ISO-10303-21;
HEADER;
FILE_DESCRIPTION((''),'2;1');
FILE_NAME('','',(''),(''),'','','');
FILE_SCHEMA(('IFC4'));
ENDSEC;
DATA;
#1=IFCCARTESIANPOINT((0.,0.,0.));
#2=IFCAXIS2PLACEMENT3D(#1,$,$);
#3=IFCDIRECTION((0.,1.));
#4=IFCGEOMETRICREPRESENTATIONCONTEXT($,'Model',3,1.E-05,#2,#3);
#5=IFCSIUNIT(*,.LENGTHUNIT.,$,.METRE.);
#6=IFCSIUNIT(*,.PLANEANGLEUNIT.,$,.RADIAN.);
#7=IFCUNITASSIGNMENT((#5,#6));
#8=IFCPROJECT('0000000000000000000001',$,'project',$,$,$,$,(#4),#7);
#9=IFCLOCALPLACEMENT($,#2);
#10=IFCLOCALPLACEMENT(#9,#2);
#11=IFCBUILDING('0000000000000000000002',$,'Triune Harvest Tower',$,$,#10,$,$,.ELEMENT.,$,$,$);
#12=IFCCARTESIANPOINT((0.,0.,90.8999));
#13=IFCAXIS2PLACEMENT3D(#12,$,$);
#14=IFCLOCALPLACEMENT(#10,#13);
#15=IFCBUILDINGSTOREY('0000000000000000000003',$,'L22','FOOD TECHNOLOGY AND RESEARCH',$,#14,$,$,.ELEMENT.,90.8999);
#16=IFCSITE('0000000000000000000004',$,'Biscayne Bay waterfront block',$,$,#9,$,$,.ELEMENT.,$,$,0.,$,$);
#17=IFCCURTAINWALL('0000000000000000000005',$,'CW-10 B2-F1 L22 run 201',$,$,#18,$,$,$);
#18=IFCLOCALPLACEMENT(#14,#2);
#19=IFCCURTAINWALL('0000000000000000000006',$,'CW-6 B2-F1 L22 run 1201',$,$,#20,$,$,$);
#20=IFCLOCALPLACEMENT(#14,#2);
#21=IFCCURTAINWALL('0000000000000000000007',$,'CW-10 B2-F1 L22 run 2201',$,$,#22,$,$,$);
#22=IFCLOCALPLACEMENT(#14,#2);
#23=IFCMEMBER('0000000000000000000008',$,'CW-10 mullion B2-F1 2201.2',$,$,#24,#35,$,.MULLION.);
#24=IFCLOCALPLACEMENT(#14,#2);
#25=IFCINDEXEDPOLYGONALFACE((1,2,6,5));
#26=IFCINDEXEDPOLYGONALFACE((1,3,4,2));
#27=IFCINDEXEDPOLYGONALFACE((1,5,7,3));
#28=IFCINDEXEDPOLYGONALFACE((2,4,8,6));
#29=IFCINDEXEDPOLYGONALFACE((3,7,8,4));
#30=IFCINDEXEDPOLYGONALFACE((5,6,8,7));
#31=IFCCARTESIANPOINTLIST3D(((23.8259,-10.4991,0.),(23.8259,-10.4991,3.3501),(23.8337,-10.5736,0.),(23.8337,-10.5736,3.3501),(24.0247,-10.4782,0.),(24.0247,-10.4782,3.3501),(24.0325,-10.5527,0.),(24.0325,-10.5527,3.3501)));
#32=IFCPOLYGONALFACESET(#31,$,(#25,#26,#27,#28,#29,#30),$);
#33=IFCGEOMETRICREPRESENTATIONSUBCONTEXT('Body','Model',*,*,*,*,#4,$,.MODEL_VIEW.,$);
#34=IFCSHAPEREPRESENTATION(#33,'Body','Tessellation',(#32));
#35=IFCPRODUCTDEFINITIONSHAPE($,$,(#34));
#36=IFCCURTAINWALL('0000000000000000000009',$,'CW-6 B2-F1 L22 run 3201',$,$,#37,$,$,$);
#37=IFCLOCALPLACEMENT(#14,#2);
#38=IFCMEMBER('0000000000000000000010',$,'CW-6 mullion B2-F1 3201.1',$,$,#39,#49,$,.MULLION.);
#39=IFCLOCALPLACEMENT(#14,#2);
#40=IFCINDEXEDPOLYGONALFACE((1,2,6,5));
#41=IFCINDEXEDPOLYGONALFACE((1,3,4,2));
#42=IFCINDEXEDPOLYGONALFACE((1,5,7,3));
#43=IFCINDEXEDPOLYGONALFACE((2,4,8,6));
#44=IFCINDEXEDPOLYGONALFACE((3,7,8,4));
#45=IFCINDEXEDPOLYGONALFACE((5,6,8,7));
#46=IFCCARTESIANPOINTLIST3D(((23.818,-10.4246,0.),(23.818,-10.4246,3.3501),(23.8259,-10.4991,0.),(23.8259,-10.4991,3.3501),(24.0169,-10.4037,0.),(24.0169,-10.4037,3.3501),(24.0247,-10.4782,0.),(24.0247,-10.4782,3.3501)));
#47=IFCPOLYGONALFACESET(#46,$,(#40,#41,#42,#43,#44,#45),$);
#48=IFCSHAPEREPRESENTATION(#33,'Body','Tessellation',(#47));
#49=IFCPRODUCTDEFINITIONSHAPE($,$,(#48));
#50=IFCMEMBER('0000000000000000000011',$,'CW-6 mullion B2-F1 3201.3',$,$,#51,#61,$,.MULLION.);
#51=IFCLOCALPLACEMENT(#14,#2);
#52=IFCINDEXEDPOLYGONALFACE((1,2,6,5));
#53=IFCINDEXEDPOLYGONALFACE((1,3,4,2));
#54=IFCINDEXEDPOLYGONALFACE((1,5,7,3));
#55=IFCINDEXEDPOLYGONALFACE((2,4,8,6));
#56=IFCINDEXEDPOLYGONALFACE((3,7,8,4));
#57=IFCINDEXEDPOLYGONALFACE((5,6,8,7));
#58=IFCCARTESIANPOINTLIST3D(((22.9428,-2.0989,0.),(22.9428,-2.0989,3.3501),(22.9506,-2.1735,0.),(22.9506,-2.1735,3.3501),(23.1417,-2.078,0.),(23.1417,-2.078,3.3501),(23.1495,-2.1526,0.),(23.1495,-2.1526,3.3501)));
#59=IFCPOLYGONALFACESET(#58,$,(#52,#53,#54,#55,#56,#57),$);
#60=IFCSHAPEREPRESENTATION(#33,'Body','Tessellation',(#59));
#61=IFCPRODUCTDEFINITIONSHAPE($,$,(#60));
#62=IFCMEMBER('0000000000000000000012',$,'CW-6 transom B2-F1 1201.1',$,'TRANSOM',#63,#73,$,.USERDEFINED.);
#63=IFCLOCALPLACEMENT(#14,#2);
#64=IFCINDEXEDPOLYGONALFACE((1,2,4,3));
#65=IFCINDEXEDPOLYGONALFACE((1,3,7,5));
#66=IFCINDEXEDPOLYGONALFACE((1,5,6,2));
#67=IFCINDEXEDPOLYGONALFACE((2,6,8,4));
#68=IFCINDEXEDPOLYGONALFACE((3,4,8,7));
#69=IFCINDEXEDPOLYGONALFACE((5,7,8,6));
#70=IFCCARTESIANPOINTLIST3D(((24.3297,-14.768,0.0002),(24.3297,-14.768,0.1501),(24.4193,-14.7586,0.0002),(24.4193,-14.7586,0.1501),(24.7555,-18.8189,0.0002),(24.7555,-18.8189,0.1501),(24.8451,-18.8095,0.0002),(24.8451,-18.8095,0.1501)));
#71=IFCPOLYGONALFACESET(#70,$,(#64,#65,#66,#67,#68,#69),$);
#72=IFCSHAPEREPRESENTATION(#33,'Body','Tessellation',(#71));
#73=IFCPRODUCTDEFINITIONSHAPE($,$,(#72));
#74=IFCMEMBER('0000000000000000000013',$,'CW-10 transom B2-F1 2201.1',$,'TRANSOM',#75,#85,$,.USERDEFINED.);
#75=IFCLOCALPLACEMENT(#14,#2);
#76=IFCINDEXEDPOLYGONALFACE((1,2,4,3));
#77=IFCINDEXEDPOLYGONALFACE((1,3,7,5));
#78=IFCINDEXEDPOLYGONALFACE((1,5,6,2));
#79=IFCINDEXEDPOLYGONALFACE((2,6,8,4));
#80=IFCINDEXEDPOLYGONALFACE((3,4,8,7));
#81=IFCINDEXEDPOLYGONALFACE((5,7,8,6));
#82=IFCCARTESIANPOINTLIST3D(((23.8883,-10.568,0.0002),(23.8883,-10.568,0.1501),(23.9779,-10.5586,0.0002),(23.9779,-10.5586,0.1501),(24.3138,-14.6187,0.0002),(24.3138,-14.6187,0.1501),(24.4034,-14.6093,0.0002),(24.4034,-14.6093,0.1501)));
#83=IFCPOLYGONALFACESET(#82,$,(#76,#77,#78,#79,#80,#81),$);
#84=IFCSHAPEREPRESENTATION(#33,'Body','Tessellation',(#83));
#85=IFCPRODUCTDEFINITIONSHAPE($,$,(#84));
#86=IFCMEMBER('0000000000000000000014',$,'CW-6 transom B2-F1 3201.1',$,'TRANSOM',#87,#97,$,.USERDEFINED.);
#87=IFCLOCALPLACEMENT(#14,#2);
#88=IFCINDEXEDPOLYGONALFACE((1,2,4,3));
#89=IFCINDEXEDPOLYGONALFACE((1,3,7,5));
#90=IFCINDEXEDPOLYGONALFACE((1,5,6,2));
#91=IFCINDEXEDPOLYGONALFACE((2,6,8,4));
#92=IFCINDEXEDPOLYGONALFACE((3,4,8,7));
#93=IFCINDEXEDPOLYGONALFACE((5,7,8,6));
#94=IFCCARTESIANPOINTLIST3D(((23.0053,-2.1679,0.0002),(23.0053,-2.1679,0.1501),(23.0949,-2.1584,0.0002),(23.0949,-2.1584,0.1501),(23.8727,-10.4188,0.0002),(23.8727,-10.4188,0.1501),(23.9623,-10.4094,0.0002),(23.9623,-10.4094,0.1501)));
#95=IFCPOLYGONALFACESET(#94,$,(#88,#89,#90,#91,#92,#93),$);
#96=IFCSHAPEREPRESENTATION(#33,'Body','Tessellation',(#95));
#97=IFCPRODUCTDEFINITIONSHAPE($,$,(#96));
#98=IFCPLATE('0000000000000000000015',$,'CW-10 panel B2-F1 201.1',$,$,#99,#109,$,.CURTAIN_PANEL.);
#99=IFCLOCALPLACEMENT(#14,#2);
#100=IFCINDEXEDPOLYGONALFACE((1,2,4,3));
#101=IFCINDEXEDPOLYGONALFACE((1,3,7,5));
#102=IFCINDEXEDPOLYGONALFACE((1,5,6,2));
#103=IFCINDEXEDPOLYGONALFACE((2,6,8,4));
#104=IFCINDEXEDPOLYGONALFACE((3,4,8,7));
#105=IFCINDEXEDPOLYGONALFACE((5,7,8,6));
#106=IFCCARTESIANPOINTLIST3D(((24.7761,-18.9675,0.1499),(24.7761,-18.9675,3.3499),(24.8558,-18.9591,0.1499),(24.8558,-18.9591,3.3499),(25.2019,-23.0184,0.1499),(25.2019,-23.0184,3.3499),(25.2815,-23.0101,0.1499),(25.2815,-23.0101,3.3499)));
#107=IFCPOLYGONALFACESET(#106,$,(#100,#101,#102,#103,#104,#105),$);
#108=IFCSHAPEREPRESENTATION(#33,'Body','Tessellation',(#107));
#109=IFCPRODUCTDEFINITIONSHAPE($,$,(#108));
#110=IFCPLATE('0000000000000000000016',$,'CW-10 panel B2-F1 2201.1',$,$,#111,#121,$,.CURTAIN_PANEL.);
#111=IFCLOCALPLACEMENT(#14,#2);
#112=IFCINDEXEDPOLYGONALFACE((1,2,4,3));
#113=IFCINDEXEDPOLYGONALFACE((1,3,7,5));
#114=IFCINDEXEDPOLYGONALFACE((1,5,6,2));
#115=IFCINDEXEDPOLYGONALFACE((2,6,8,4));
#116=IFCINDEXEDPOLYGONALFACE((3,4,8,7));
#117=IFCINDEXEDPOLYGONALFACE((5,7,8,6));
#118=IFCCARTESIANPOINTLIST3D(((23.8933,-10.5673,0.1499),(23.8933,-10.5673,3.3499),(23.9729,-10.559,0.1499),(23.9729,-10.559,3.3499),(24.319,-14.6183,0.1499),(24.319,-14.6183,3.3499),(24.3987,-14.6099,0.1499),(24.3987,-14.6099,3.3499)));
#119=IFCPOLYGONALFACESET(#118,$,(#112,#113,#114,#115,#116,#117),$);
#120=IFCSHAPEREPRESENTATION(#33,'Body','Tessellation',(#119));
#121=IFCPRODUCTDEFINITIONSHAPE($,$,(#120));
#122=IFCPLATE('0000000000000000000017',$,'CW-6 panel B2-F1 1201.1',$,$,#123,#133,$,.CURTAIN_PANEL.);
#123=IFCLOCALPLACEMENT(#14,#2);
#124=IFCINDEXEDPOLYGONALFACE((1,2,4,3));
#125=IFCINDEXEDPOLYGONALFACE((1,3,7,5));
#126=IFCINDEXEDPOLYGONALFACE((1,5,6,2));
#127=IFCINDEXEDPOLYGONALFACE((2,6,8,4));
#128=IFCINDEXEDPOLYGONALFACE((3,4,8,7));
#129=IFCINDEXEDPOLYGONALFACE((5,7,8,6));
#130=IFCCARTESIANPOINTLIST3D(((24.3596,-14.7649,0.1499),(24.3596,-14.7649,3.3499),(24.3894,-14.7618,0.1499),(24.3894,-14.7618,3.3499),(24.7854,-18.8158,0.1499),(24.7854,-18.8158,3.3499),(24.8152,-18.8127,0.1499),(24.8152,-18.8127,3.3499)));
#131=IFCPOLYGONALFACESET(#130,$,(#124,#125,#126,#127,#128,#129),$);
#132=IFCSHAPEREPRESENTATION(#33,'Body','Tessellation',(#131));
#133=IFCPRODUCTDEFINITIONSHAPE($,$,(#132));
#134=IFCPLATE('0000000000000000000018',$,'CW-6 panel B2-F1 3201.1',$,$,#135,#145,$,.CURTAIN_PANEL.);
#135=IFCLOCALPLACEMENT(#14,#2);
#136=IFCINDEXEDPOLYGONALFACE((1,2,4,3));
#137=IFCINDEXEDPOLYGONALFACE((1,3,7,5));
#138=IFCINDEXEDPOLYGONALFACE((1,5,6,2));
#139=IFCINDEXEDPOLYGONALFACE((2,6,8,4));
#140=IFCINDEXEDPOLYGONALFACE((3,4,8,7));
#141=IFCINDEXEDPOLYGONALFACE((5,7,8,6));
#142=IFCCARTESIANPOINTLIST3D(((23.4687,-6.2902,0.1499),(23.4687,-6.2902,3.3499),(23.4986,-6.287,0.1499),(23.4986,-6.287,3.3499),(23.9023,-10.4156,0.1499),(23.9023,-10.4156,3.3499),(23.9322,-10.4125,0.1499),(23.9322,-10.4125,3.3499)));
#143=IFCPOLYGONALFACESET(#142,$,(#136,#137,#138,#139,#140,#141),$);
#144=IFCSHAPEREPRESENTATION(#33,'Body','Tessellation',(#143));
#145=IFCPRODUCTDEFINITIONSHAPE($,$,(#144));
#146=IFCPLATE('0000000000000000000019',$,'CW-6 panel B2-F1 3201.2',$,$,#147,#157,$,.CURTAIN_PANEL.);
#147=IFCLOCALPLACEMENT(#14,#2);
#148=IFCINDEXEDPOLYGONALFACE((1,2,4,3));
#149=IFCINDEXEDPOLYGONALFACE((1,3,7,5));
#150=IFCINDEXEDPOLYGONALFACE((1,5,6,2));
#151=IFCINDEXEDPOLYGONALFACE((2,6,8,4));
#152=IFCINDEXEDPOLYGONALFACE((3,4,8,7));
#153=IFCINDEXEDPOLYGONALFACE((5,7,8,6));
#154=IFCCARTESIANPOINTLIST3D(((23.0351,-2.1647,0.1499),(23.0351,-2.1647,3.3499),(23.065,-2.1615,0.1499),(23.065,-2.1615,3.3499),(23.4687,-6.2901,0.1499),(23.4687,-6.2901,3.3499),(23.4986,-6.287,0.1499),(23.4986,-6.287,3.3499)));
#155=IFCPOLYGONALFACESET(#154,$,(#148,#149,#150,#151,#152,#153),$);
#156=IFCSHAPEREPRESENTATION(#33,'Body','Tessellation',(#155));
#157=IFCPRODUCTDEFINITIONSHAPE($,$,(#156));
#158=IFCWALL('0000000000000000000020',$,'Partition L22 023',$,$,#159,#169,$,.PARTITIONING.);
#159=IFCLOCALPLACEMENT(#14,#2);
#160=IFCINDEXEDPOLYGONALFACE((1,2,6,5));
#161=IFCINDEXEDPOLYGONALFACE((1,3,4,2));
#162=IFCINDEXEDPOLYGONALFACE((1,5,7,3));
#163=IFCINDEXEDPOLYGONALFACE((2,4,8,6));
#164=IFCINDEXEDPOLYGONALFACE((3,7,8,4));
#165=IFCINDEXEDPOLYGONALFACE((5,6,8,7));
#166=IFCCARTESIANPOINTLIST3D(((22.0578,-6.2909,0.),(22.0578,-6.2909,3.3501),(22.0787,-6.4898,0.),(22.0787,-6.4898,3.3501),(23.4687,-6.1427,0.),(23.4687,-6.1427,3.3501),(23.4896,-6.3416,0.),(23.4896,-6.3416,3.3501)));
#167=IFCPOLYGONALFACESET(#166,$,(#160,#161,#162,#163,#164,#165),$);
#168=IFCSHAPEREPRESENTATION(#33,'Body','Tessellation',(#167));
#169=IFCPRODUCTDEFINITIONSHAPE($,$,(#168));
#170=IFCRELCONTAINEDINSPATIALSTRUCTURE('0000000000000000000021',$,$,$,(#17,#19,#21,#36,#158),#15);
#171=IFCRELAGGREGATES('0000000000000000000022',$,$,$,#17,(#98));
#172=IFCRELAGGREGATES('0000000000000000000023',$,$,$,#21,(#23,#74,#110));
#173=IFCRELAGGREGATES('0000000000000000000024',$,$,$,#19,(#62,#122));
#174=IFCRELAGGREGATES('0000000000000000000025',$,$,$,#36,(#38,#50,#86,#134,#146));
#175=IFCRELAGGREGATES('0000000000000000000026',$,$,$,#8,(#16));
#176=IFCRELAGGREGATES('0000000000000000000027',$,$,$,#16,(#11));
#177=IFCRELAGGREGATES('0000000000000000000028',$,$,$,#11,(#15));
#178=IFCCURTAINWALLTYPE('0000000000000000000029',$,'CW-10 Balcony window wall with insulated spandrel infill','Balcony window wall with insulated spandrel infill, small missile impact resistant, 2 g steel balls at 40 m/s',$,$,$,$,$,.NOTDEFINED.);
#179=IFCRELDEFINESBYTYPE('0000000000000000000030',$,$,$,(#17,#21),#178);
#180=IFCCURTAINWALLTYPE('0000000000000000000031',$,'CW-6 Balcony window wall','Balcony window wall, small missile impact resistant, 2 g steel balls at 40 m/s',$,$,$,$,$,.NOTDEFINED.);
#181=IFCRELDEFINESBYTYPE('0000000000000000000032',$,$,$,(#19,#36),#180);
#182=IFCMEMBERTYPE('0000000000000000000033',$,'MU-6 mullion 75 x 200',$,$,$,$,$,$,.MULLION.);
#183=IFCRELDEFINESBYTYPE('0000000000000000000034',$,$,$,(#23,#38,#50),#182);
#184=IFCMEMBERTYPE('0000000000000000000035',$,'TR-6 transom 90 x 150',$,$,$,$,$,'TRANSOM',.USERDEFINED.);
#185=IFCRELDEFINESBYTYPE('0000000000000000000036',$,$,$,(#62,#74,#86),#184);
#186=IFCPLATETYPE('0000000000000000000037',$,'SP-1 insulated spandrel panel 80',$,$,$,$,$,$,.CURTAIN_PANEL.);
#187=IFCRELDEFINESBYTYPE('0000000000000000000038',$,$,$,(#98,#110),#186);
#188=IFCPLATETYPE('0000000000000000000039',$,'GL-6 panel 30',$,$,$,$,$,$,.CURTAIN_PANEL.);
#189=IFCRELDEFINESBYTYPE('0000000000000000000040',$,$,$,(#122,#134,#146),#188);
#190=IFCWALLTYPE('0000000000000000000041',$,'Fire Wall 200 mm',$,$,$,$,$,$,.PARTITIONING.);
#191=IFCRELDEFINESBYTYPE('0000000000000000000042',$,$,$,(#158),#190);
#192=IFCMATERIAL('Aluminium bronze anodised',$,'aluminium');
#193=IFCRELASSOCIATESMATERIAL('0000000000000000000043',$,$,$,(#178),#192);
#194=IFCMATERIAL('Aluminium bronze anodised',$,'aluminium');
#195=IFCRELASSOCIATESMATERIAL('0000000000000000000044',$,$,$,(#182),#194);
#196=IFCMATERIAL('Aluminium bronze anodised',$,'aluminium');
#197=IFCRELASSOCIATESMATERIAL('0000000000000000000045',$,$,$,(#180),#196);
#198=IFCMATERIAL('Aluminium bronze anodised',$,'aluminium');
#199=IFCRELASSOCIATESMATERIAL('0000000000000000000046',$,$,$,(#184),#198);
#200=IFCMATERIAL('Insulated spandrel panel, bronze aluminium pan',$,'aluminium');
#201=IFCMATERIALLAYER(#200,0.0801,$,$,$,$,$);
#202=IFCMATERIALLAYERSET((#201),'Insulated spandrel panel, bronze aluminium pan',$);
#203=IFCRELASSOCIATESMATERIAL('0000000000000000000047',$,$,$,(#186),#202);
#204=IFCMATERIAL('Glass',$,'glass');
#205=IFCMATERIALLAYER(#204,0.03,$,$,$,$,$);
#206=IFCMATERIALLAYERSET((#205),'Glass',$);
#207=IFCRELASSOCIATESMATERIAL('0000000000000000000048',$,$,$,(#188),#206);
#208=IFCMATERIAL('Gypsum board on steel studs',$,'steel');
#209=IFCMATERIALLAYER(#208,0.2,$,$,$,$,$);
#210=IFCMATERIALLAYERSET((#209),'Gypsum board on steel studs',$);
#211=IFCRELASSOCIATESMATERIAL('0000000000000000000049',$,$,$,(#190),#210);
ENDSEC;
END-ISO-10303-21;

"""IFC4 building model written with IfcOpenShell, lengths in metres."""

from ifc_helpers import new_model, si_unit, direction, frame, frame_2d, origin, origin_2d, place, context, subcontext, project, spatial, rectangle, extrude, source, transform, mapped, material, layer, layer_set, material_profile, profile_set, type_object, element, aggregate, save


model = new_model("IFC4")

# Units and contexts
model_context = context("Model", 3, precision=1e-05, world=origin(), true_north=direction((0.0, 1.0)))
body_context = subcontext(model_context, "Body", "Model", "MODEL_VIEW")
ifc_project = project(units=[si_unit("LENGTHUNIT", "METRE"), si_unit("PLANEANGLEUNIT", "RADIAN")], contexts=[model_context])

# Site, building, storey
site_placement = place(None, origin())
site = spatial("IfcSite", under=ifc_project, at=site_placement, Name="Biscayne Bay waterfront block", CompositionType="ELEMENT", RefElevation=0.0)
building_placement = place(site_placement, origin())
building = spatial("IfcBuilding", under=site, at=building_placement, Name="Triune Harvest Tower", CompositionType="ELEMENT")
storey_placement = place(building_placement, frame((0.0, 0.0, 90.8999)))
storey = spatial("IfcBuildingStorey", under=building, at=storey_placement, Name="L22", Description="FOOD TECHNOLOGY AND RESEARCH", CompositionType="ELEMENT", Elevation=90.8999)

# Curtain wall
ifc_material_1 = material(Name="Aluminium bronze anodised", Category="aluminium")
curtain_wall_type_1 = type_object("IfcCurtainWallType", Name="CW-10 Balcony window wall with insulated spandrel infill", Description="Balcony window wall with insulated spandrel infill, small missile impact resistant, 2 g steel balls at 40 m/s", PredefinedType="NOTDEFINED", material=ifc_material_1)
curtain_wall_1_placement = place(storey_placement, origin())
curtain_wall_1 = element("IfcCurtainWall", 1, at=curtain_wall_1_placement, inside=storey, type_object=curtain_wall_type_1, Name="CW-10 B2-F1 L22 run 201")
ifc_material_2 = material(Name="Aluminium bronze anodised", Category="aluminium")
ifc_material_profile_1 = material_profile(ifc_material_2, rectangle(XDim=0.2, YDim=0.075, at=origin_2d()), Name="MU-6 mullion 75 x 200")
ifc_profile_set_1 = profile_set([ifc_material_profile_1], Name="Aluminium bronze anodised")
member_type_1 = type_object("IfcMemberType", Name="MU-6 mullion 75 x 200", PredefinedType="MULLION", material=ifc_profile_set_1)
shared_shape_1 = source(origin(), body_context, "Body", "SweptSolid", [
    extrude(rectangle(XDim=0.2, YDim=0.075, at=origin_2d()), origin(), (0.0, 0.0, 1.0), 3.3501),
])

# Curtain walls, members
ifc_material_3 = material(Name="Aluminium bronze anodised", Category="aluminium")
curtain_wall_type_2 = type_object("IfcCurtainWallType", Name="CW-6 Balcony window wall", Description="Balcony window wall, small missile impact resistant, 2 g steel balls at 40 m/s", PredefinedType="NOTDEFINED", material=ifc_material_3)
curtain_wall_2_placement = place(storey_placement, origin())
curtain_wall_2 = element("IfcCurtainWall", 2, at=curtain_wall_2_placement, inside=storey, type_object=curtain_wall_type_2, Name="CW-6 B2-F1 L22 run 1201")
curtain_wall_3_placement = place(storey_placement, origin())
curtain_wall_3 = element("IfcCurtainWall", 3, at=curtain_wall_3_placement, inside=storey, type_object=curtain_wall_type_1, Name="CW-10 B2-F1 L22 run 2201")
member_1_placement = place(storey_placement, frame((23.9292, -10.5259, 0.0), z_axis=(0.0, 0.0, 1.0), x_axis=(-0.994523, -0.10452, 0.0)))
member_1 = element("IfcMember", 4, at=member_1_placement, type_object=member_type_1, Name="CW-10 mullion B2-F1 2201.2", PredefinedType="MULLION", context=body_context, shape_type="MappedRepresentation", body=[
    mapped(shared_shape_1, transform((0.0, 0.0, 0.0), scale=1.0)),
])
curtain_wall_4_placement = place(storey_placement, origin())
curtain_wall_4 = element("IfcCurtainWall", 5, at=curtain_wall_4_placement, inside=storey, type_object=curtain_wall_type_2, Name="CW-6 B2-F1 L22 run 3201")
member_2_placement = place(storey_placement, frame((23.9214, -10.4514, 0.0), z_axis=(0.0, 0.0, 1.0), x_axis=(-0.994522, -0.104529, 0.0)))
member_2 = element("IfcMember", 6, at=member_2_placement, type_object=member_type_1, Name="CW-6 mullion B2-F1 3201.1", PredefinedType="MULLION", context=body_context, shape_type="MappedRepresentation", body=[
    mapped(shared_shape_1, transform((0.0, 0.0, 0.0), scale=1.0)),
])
member_3_placement = place(storey_placement, frame((23.0461, -2.1257, 0.0), z_axis=(0.0, 0.0, 1.0), x_axis=(-0.994522, -0.104529, 0.0)))
member_3 = element("IfcMember", 7, at=member_3_placement, type_object=member_type_1, Name="CW-6 mullion B2-F1 3201.3", PredefinedType="MULLION", context=body_context, shape_type="MappedRepresentation", body=[
    mapped(shared_shape_1, transform((0.0, 0.0, 0.0), scale=1.0)),
])

# Members
ifc_material_4 = material(Name="Aluminium bronze anodised", Category="aluminium")
ifc_material_profile_2 = material_profile(ifc_material_4, rectangle(XDim=0.0901, YDim=0.1499, at=origin_2d()), Name="TR-6 transom 90 x 150")
ifc_profile_set_2 = profile_set([ifc_material_profile_2], Name="Aluminium bronze anodised")
member_type_2 = type_object("IfcMemberType", Name="TR-6 transom 90 x 150", ElementType="TRANSOM", PredefinedType="USERDEFINED", material=ifc_profile_set_2)
shared_shape_2 = source(origin(), body_context, "Body", "SweptSolid", [
    extrude(rectangle(XDim=0.0901, YDim=0.1499, at=origin_2d()), origin(), (0.0, 0.0, 1.0), 4.0732),
])
member_4_placement = place(storey_placement, frame((24.8003, -18.8142, 0.0752), z_axis=(-0.104529, 0.994522, 0.0), x_axis=(-0.994522, -0.104529, 0.0)))
member_4 = element("IfcMember", 8, at=member_4_placement, type_object=member_type_2, Name="CW-6 transom B2-F1 1201.1", ObjectType="TRANSOM", PredefinedType="USERDEFINED", context=body_context, shape_type="MappedRepresentation", body=[
    mapped(shared_shape_2, transform((0.0, 0.0, 0.0), scale=1.0)),
])
shared_shape_3 = source(origin(), body_context, "Body", "SweptSolid", [
    extrude(rectangle(XDim=0.0901, YDim=0.1499, at=origin_2d()), origin(), (0.0, 0.0, 1.0), 4.073),
])
member_5_placement = place(storey_placement, frame((24.3586, -14.614, 0.0752), z_axis=(-0.104476, 0.994527, 0.0), x_axis=(-0.994527, -0.104476, 0.0)))
member_5 = element("IfcMember", 9, at=member_5_placement, type_object=member_type_2, Name="CW-10 transom B2-F1 2201.1", ObjectType="TRANSOM", PredefinedType="USERDEFINED", context=body_context, shape_type="MappedRepresentation", body=[
    mapped(shared_shape_3, transform((0.0, 0.0, 0.0), scale=1.0)),
])
shared_shape_4 = source(origin(), body_context, "Body", "SweptSolid", [
    extrude(rectangle(XDim=0.0901, YDim=0.1499, at=origin_2d()), origin(), (0.0, 0.0, 1.0), 8.2964),
])
member_6_placement = place(storey_placement, frame((23.9175, -10.4141, 0.0752), z_axis=(-0.104555, 0.994519, 0.0), x_axis=(-0.994519, -0.104555, 0.0)))
member_6 = element("IfcMember", 10, at=member_6_placement, type_object=member_type_2, Name="CW-6 transom B2-F1 3201.1", ObjectType="TRANSOM", PredefinedType="USERDEFINED", context=body_context, shape_type="MappedRepresentation", body=[
    mapped(shared_shape_4, transform((0.0, 0.0, 0.0), scale=1.0)),
])

# Plates
ifc_material_5 = material(Name="Insulated spandrel panel, bronze aluminium pan", Category="aluminium")
ifc_layer_1 = layer(ifc_material_5, 0.0801)
ifc_layer_set_1 = layer_set([ifc_layer_1], Name="Insulated spandrel panel, bronze aluminium pan")
plate_type_1 = type_object("IfcPlateType", Name="SP-1 insulated spandrel panel 80", PredefinedType="CURTAIN_PANEL", material=ifc_layer_set_1)
shared_shape_5 = source(origin(), body_context, "Body", "SweptSolid", [
    extrude(rectangle(XDim=4.0732, YDim=0.0801, at=origin_2d()), origin(), (0.0, 0.0, 1.0), 3.2),
])
plate_1_placement = place(storey_placement, frame((25.0288, -20.9888, 0.1499), z_axis=(0.0, 0.0, 1.0), x_axis=(-0.104517, 0.994523, 0.0)))
plate_1 = element("IfcPlate", 11, at=plate_1_placement, type_object=plate_type_1, Name="CW-10 panel B2-F1 201.1", PredefinedType="CURTAIN_PANEL", context=body_context, shape_type="MappedRepresentation", body=[
    mapped(shared_shape_5, transform((0.0, 0.0, 0.0), scale=1.0)),
])
aggregate(curtain_wall_1, [plate_1])
plate_2_placement = place(storey_placement, frame((24.146, -12.5886, 0.1499), z_axis=(0.0, 0.0, 1.0), x_axis=(-0.10452, 0.994523, 0.0)))
plate_2 = element("IfcPlate", 12, at=plate_2_placement, type_object=plate_type_1, Name="CW-10 panel B2-F1 2201.1", PredefinedType="CURTAIN_PANEL", context=body_context, shape_type="MappedRepresentation", body=[
    mapped(shared_shape_5, transform((0.0, 0.0, 0.0), scale=1.0)),
])
aggregate(curtain_wall_3, [member_1, member_5, plate_2])
ifc_material_6 = material(Name="Glass", Category="glass")
ifc_layer_2 = layer(ifc_material_6, 0.03)
ifc_layer_set_2 = layer_set([ifc_layer_2], Name="Glass")
plate_type_2 = type_object("IfcPlateType", Name="GL-6 panel 30", PredefinedType="CURTAIN_PANEL", material=ifc_layer_set_2)
shared_shape_6 = source(origin(), body_context, "Body", "SweptSolid", [
    extrude(rectangle(XDim=4.0732, YDim=0.03, at=origin_2d()), origin(), (0.0, 0.0, 1.0), 3.2),
])
plate_3_placement = place(storey_placement, frame((24.5874, -16.7888, 0.1499), z_axis=(0.0, 0.0, 1.0), x_axis=(-0.104541, 0.994521, 0.0)))
plate_3 = element("IfcPlate", 13, at=plate_3_placement, type_object=plate_type_2, Name="CW-6 panel B2-F1 1201.1", PredefinedType="CURTAIN_PANEL", context=body_context, shape_type="MappedRepresentation", body=[
    mapped(shared_shape_6, transform((0.0, 0.0, 0.0), scale=1.0)),
])
aggregate(curtain_wall_2, [member_4, plate_3])
shared_shape_7 = source(origin(), body_context, "Body", "SweptSolid", [
    extrude(rectangle(XDim=4.1482, YDim=0.03, at=origin_2d()), origin(), (0.0, 0.0, 1.0), 3.2),
])
plate_4_placement = place(storey_placement, frame((23.7004, -8.3513, 0.1499), z_axis=(0.0, 0.0, 1.0), x_axis=(-0.104529, 0.994522, 0.0)))
plate_4 = element("IfcPlate", 14, at=plate_4_placement, type_object=plate_type_2, Name="CW-6 panel B2-F1 3201.1", PredefinedType="CURTAIN_PANEL", context=body_context, shape_type="MappedRepresentation", body=[
    mapped(shared_shape_7, transform((0.0, 0.0, 0.0), scale=1.0)),
])
plate_5_placement = place(storey_placement, frame((23.2668, -4.2258, 0.1499), z_axis=(0.0, 0.0, 1.0), x_axis=(-0.104529, 0.994522, 0.0)))
plate_5 = element("IfcPlate", 15, at=plate_5_placement, type_object=plate_type_2, Name="CW-6 panel B2-F1 3201.2", PredefinedType="CURTAIN_PANEL", context=body_context, shape_type="MappedRepresentation", body=[
    mapped(shared_shape_7, transform((0.0, 0.0, 0.0), scale=1.0)),
])
aggregate(curtain_wall_4, [member_2, member_3, member_6, plate_4, plate_5])

# Wall
ifc_material_7 = material(Name="Gypsum board on steel studs", Category="steel")
ifc_layer_3 = layer(ifc_material_7, 0.2)
ifc_layer_set_3 = layer_set([ifc_layer_3], Name="Gypsum board on steel studs")
wall_type = type_object("IfcWallType", Name="Fire Wall 200 mm", PredefinedType="PARTITIONING", material=ifc_layer_set_3)
wall_placement = place(storey_placement, frame((22.0681, -6.3904, 0.0), z_axis=(0.0, 0.0, 1.0), x_axis=(0.994529, 0.104461, 0.0)))
element("IfcWall", 16, at=wall_placement, inside=storey, type_object=wall_type, Name="Partition L22 023", PredefinedType="PARTITIONING", context=body_context, shape_type="SweptSolid", body=[
    extrude(rectangle(XDim=1.4187, YDim=0.2, at=frame_2d((0.7095, 0.0))), origin(), (0.0, 0.0, 1.0), 3.3501),
])

save(model, "model.ifc")
